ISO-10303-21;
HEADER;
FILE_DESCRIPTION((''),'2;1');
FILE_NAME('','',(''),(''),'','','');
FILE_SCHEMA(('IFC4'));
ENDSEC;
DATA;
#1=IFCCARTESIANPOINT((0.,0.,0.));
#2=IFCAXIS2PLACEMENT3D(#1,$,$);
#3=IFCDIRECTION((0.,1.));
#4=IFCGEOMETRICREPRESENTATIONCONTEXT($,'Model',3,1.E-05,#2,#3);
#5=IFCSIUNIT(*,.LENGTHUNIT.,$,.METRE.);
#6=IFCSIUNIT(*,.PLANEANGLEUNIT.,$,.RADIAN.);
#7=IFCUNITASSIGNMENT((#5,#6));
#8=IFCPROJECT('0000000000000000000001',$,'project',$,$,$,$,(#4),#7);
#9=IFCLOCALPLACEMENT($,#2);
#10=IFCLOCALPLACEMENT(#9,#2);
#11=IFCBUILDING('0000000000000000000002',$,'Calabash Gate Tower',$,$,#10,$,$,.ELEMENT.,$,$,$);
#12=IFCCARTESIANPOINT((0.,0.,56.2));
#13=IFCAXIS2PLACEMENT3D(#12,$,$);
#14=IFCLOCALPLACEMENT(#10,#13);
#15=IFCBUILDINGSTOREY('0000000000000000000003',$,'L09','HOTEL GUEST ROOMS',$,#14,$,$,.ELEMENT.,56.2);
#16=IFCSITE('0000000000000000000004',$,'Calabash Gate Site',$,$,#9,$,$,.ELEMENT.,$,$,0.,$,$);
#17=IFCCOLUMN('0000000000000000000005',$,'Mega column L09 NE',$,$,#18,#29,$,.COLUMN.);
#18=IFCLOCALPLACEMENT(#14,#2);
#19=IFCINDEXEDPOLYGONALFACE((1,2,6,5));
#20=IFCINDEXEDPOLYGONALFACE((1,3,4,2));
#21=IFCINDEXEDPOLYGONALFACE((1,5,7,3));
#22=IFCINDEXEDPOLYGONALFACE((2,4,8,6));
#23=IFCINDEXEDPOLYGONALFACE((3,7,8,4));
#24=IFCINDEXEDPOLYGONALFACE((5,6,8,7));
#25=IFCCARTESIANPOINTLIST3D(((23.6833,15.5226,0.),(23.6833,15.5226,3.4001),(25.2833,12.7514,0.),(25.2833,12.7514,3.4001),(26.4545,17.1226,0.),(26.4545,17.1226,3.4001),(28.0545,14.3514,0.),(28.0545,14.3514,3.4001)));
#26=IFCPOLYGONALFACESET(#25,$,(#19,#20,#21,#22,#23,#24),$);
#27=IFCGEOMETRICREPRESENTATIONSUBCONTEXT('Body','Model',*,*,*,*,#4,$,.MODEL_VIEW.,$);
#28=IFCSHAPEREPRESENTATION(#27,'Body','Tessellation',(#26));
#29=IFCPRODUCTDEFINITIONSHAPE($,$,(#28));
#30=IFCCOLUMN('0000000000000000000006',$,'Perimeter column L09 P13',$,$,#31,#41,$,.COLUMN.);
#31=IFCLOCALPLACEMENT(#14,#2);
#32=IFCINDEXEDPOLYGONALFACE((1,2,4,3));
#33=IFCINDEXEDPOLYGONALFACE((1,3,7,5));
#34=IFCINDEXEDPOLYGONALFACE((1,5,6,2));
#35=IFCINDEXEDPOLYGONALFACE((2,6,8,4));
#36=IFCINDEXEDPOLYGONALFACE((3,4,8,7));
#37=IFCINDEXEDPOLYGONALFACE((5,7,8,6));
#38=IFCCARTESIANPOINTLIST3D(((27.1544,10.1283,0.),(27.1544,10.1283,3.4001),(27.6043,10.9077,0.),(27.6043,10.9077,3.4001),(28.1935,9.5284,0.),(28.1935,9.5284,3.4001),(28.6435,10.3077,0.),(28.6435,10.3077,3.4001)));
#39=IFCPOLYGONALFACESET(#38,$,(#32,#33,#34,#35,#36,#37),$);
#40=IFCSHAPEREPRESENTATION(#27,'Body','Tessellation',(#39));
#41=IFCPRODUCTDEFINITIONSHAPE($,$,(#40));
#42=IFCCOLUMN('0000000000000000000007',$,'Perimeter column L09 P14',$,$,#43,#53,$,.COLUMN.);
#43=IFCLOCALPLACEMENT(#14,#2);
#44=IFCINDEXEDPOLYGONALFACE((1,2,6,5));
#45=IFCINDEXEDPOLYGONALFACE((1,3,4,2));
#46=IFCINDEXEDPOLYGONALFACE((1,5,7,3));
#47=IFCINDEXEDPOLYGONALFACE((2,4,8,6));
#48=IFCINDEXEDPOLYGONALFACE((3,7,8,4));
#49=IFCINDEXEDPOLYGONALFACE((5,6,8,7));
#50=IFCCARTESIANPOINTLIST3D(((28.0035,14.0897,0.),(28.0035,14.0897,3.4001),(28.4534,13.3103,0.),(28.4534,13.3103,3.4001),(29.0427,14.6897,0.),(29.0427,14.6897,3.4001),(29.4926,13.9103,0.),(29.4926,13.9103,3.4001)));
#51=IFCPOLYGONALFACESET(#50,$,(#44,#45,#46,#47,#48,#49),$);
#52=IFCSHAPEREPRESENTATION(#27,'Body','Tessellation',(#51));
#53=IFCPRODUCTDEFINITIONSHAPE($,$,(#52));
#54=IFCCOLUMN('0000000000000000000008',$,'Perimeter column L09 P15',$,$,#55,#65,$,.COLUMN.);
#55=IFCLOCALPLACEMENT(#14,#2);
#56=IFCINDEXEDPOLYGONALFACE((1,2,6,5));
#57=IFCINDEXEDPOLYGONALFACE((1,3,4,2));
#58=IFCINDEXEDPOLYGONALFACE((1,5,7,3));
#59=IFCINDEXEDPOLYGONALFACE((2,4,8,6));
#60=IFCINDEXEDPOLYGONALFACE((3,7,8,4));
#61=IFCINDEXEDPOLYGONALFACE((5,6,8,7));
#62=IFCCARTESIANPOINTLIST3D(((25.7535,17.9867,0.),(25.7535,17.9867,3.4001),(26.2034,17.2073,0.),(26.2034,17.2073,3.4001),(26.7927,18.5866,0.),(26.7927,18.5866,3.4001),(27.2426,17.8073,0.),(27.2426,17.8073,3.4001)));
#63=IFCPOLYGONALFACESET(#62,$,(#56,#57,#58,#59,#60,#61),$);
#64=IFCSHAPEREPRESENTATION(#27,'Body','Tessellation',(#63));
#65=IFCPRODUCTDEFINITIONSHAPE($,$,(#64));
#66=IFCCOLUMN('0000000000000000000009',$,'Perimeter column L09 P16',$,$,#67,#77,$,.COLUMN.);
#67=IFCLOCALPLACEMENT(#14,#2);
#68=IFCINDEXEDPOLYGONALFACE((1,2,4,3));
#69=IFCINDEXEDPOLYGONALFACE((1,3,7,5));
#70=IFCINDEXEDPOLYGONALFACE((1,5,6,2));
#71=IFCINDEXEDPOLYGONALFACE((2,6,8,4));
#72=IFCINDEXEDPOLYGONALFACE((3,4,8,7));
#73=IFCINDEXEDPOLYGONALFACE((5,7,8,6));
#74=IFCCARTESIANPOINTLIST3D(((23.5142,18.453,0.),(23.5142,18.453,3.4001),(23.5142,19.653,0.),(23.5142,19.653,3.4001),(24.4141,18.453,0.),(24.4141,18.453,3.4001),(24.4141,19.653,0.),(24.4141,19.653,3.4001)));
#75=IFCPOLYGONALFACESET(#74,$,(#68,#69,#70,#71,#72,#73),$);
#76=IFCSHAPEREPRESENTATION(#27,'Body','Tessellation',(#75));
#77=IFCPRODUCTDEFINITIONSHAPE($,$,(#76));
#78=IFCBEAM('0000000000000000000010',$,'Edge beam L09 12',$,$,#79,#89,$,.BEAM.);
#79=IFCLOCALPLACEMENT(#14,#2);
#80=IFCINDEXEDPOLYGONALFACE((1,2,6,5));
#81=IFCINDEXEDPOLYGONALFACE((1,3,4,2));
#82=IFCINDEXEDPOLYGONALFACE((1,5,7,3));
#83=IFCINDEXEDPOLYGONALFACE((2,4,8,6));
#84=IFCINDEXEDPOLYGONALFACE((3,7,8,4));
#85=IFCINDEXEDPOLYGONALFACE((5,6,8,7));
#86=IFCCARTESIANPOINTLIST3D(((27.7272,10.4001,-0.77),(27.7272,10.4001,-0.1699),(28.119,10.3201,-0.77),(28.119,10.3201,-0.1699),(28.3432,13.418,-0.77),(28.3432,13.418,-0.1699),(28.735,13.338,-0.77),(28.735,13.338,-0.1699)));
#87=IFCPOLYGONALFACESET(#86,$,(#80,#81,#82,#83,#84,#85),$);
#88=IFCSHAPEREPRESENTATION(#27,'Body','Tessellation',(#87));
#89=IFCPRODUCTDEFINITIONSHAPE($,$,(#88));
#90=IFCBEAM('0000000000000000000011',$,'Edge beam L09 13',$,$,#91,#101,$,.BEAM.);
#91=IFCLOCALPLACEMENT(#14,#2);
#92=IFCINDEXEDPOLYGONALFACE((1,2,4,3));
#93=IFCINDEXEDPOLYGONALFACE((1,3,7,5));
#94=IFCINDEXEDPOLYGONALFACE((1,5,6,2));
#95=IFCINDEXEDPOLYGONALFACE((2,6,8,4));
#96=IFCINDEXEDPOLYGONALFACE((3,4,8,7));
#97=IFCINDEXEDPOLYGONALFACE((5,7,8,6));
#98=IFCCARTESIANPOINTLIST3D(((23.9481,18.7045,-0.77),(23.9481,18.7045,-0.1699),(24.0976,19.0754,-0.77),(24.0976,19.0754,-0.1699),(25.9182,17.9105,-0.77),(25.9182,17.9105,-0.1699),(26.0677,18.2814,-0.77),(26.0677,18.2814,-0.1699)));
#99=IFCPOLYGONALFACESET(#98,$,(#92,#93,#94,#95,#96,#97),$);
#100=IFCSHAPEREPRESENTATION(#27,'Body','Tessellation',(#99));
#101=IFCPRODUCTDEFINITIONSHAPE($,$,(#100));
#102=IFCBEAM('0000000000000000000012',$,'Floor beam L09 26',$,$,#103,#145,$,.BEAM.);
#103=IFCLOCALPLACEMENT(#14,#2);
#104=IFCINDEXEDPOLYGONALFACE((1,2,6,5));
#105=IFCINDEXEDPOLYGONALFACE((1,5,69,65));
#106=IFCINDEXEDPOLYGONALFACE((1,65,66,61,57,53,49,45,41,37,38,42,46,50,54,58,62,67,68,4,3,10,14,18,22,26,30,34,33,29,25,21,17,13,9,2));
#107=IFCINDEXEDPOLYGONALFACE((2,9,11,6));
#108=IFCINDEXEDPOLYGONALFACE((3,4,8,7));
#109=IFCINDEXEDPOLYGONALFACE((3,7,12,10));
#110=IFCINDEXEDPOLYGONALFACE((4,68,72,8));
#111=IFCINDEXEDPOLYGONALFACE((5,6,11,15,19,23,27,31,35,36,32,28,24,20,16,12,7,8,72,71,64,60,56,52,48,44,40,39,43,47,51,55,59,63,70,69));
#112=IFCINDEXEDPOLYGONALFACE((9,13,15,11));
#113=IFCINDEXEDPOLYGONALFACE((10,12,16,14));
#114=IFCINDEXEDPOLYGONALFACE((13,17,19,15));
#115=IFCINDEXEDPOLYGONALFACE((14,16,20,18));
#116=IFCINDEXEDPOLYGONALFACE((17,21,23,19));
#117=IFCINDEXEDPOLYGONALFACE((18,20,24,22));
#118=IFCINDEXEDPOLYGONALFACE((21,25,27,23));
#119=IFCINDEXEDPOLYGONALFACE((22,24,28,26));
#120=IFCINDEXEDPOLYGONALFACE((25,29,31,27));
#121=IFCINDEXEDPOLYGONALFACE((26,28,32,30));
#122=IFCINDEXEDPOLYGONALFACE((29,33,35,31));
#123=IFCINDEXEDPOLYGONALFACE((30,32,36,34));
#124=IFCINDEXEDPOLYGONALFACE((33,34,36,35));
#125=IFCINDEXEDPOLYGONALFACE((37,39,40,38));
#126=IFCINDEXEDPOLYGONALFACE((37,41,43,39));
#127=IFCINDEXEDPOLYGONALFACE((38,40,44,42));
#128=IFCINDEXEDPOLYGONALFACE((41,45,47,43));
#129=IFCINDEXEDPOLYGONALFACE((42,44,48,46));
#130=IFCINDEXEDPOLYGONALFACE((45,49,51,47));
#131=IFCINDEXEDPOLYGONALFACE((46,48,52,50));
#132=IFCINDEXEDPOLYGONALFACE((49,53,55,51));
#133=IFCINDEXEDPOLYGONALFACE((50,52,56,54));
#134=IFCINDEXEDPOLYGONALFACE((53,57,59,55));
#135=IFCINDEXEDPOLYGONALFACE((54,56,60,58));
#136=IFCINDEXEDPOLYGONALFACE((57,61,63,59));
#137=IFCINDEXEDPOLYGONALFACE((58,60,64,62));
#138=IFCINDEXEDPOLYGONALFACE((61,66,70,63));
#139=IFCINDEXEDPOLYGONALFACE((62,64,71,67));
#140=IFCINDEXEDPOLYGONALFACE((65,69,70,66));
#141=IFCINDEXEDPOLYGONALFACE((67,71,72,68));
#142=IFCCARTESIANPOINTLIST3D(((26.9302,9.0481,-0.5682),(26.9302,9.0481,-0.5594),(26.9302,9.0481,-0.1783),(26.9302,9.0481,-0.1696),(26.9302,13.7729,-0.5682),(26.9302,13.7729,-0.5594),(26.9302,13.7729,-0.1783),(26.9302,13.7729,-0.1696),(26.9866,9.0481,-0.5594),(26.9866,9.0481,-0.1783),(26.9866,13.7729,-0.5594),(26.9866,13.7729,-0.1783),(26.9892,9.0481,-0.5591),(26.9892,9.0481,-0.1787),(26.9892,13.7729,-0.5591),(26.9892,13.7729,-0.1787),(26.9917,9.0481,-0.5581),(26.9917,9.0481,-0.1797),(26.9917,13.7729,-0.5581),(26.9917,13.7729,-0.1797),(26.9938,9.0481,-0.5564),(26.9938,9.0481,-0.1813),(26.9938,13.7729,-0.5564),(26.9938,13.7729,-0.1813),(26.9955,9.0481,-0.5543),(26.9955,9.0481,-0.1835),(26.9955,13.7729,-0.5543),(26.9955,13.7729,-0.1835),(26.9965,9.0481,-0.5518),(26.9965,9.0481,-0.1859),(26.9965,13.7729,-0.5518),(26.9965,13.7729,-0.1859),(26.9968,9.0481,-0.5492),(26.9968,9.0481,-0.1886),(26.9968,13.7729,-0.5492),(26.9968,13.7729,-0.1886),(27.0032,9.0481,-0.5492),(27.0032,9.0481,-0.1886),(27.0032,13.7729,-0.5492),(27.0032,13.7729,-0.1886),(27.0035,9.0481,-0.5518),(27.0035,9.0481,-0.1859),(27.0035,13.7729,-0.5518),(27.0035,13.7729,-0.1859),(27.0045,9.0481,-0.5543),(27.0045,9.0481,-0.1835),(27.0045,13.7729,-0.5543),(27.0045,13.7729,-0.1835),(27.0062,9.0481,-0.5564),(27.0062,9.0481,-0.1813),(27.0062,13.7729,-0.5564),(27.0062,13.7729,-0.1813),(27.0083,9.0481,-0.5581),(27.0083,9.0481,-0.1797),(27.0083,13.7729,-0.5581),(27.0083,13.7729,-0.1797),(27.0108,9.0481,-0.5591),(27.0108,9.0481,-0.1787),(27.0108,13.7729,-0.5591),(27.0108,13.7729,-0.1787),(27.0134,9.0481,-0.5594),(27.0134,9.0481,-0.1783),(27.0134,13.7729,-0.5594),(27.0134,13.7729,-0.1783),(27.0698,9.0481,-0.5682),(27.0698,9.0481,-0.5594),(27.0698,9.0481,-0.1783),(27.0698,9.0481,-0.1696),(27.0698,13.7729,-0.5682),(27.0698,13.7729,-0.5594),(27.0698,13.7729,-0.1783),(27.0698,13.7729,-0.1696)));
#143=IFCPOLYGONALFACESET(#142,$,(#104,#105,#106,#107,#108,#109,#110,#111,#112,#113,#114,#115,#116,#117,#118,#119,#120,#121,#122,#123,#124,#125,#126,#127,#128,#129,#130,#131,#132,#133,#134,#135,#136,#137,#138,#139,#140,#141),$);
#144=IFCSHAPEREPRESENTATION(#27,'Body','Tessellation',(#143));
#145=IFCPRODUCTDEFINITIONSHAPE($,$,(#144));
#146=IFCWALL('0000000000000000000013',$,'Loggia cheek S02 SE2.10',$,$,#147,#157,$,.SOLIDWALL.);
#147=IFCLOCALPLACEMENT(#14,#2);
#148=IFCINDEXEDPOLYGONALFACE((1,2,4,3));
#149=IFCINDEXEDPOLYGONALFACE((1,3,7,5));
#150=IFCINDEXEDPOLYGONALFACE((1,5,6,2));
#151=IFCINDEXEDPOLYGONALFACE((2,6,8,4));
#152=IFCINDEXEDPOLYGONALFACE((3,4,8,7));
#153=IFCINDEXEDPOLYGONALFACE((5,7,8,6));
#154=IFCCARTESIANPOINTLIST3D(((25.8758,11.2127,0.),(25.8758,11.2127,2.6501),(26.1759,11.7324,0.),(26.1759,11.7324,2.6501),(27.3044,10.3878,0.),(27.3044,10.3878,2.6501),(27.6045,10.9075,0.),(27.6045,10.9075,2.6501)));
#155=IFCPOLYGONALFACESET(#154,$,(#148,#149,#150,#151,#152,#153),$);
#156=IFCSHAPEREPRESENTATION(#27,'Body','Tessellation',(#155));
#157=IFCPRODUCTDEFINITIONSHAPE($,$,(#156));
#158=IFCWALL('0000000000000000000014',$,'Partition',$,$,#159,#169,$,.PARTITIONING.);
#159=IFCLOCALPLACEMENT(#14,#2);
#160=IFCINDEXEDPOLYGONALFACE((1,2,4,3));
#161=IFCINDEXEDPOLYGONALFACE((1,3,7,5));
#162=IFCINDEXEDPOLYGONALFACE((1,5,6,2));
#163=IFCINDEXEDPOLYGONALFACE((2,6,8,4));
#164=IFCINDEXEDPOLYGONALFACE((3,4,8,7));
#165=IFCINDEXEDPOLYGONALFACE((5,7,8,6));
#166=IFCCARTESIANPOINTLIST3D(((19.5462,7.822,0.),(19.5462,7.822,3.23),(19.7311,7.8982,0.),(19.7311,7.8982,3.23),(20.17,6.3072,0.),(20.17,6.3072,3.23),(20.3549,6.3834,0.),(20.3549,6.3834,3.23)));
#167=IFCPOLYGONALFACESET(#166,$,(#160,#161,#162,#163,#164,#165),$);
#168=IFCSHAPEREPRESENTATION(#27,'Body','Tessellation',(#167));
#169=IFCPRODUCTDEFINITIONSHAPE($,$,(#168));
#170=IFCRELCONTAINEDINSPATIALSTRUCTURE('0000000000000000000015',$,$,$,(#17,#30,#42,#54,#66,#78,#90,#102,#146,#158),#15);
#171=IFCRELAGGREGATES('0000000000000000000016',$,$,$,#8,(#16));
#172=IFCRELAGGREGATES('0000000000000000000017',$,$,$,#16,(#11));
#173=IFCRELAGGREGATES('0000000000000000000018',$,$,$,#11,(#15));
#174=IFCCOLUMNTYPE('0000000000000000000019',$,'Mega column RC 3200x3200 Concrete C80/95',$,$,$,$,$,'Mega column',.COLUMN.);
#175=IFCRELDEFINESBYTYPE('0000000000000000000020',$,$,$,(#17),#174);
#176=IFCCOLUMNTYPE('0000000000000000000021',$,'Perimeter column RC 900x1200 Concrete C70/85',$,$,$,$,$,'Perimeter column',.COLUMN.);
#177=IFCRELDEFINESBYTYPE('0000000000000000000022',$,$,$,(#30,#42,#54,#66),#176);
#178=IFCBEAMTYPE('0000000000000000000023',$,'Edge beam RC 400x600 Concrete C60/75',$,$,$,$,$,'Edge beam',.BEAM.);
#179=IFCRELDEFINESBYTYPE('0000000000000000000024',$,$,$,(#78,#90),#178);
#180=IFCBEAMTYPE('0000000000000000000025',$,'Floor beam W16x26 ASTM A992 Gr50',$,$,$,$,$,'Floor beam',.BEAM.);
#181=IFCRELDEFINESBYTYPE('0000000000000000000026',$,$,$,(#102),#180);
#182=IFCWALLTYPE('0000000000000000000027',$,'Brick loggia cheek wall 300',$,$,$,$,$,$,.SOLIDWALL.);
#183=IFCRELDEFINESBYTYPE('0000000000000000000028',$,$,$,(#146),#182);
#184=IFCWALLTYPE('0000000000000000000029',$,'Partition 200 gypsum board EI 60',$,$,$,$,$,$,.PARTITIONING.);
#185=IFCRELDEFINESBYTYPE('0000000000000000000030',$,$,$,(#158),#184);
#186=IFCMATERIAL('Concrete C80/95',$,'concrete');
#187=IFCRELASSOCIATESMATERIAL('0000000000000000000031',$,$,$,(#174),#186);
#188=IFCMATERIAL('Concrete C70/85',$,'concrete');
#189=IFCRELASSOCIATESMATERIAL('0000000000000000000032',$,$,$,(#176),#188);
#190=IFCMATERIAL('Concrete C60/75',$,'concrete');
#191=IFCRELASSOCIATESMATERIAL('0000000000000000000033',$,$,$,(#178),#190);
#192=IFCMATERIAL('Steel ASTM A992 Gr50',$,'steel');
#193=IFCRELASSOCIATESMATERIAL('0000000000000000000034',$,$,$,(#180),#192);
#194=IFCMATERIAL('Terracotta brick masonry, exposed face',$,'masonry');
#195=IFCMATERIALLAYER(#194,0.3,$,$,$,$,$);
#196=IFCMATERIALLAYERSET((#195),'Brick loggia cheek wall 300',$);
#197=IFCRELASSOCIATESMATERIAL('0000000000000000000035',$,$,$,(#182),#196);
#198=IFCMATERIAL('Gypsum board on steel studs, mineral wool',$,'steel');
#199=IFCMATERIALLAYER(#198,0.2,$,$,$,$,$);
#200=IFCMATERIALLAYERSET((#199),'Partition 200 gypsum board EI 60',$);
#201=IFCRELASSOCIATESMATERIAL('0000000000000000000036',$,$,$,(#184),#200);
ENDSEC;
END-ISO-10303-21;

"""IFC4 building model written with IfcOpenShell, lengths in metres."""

from ifc_helpers import new_model, si_unit, direction, frame, frame_2d, origin, origin_2d, place, context, subcontext, project, spatial, rectangle, i_section, extrude, material, layer, layer_set, material_profile, profile_set, type_object, element, save


model = new_model("IFC4")

# Units and contexts
model_context = context("Model", 3, precision=1e-05, world=origin(), true_north=direction((0.0, 1.0)))
body_context = subcontext(model_context, "Body", "Model", "MODEL_VIEW")
ifc_project = project(units=[si_unit("LENGTHUNIT", "METRE"), si_unit("PLANEANGLEUNIT", "RADIAN")], contexts=[model_context])

# Site, building, storey
site_placement = place(None, origin())
site = spatial("IfcSite", under=ifc_project, at=site_placement, Name="Calabash Gate Site", CompositionType="ELEMENT", RefElevation=0.0)
building_placement = place(site_placement, origin())
building = spatial("IfcBuilding", under=site, at=building_placement, Name="Calabash Gate Tower", CompositionType="ELEMENT")
storey_placement = place(building_placement, frame((0.0, 0.0, 56.2)))
storey = spatial("IfcBuildingStorey", under=building, at=storey_placement, Name="L09", Description="HOTEL GUEST ROOMS", CompositionType="ELEMENT", Elevation=56.2)

# Columns
ifc_material_1 = material(Name="Concrete C80/95", Category="concrete")
ifc_material_profile_1 = material_profile(ifc_material_1, rectangle(XDim=3.2, YDim=3.2, at=origin_2d()))
ifc_profile_set_1 = profile_set([ifc_material_profile_1], Name="Concrete C80/95")
column_type_1 = type_object("IfcColumnType", Name="Mega column RC 3200x3200 Concrete C80/95", ElementType="Mega column", PredefinedType="COLUMN", material=ifc_profile_set_1)
column_placement = place(storey_placement, frame((25.8689, 14.937, 0.0), z_axis=(0.0, 0.0, 1.0), x_axis=(-0.866025, -0.5, 0.0)))
element("IfcColumn", 1, at=column_placement, inside=storey, type_object=column_type_1, Name="Mega column L09 NE", PredefinedType="COLUMN", context=body_context, shape_type="SweptSolid", body=[
    extrude(rectangle(XDim=3.2, YDim=3.2, at=origin_2d()), origin(), (0.0, 0.0, 1.0), 3.4001),
])
ifc_material_2 = material(Name="Concrete C70/85", Category="concrete")
ifc_material_profile_2 = material_profile(ifc_material_2, rectangle(XDim=0.8999, YDim=1.2, at=origin_2d()))
ifc_profile_set_2 = profile_set([ifc_material_profile_2], Name="Concrete C70/85")
column_type_2 = type_object("IfcColumnType", Name="Perimeter column RC 900x1200 Concrete C70/85", ElementType="Perimeter column", PredefinedType="COLUMN", material=ifc_profile_set_2)
for number, where, z_axis, x_axis, name in (
    (2, (27.8989, 10.218, 0.0), (0.0, 0.0, 1.0), (0.5, 0.866025, 0.0), "Perimeter column L09 P13"),
    (3, (28.748, 14.0, 0.0), (0.0, 0.0, 1.0), (-0.5, 0.866025, 0.0), "Perimeter column L09 P14"),
    (4, (26.498, 17.897, 0.0), (0.0, 0.0, 1.0), (-0.5, 0.866025, 0.0), "Perimeter column L09 P15"),
    (5, (23.9641, 19.053, 0.0), (0.0, 0.0, 1.0), (-1.0, 0.0, 0.0), "Perimeter column L09 P16"),
):
    element("IfcColumn", number, at=place(storey_placement, frame(where, z_axis=z_axis, x_axis=x_axis)), inside=storey, type_object=column_type_2, Name=name, PredefinedType="COLUMN", context=body_context, shape_type="SweptSolid", body=[
        extrude(rectangle(XDim=0.8999, YDim=1.2, at=origin_2d()), origin(), (0.0, 0.0, 1.0), 3.4001),
    ])

# Beams
ifc_material_3 = material(Name="Concrete C60/75", Category="concrete")
ifc_material_profile_3 = material_profile(ifc_material_3, rectangle(XDim=0.3999, YDim=0.6001, at=origin_2d()))
ifc_profile_set_3 = profile_set([ifc_material_profile_3], Name="Concrete C60/75")
beam_type_1 = type_object("IfcBeamType", Name="Edge beam RC 400x600 Concrete C60/75", ElementType="Edge beam", PredefinedType="BEAM", material=ifc_profile_set_3)
beam_1_placement = place(storey_placement, frame((27.9231, 10.3601, -0.47), z_axis=(0.199986, 0.979799, 0.0), x_axis=(-0.979799, 0.199986, 0.0)))
element("IfcBeam", 6, at=beam_1_placement, inside=storey, type_object=beam_type_1, Name="Edge beam L09 12", PredefinedType="BEAM", context=body_context, shape_type="SweptSolid", body=[
    extrude(rectangle(XDim=0.3999, YDim=0.6001, at=origin_2d()), origin(), (0.0, 0.0, 1.0), 3.0801),
])
beam_2_placement = place(storey_placement, frame((25.9929, 18.0959, -0.47), z_axis=(-0.927506, 0.373807, 0.0), x_axis=(-0.373807, -0.927506, 0.0)))
element("IfcBeam", 7, at=beam_2_placement, inside=storey, type_object=beam_type_1, Name="Edge beam L09 13", PredefinedType="BEAM", context=body_context, shape_type="SweptSolid", body=[
    extrude(rectangle(XDim=0.3999, YDim=0.6001, at=origin_2d()), origin(), (0.0, 0.0, 1.0), 2.124),
])
ifc_material_4 = material(Name="Steel ASTM A992 Gr50", Category="steel")
ifc_material_profile_4 = material_profile(ifc_material_4, i_section(OverallWidth=0.1396, OverallDepth=0.3987, WebThickness=0.0063, FlangeThickness=0.0088, FilletRadius=0.0103, at=origin_2d()))
ifc_profile_set_4 = profile_set([ifc_material_profile_4], Name="Steel ASTM A992 Gr50")
beam_type_2 = type_object("IfcBeamType", Name="Floor beam W16x26 ASTM A992 Gr50", ElementType="Floor beam", PredefinedType="BEAM", material=ifc_profile_set_4)
beam_3_placement = place(storey_placement, frame((27.0, 9.0481, -0.3689), z_axis=(0.0, 1.0, 0.0), x_axis=(-1.0, 0.0, 0.0)))
element("IfcBeam", 8, at=beam_3_placement, inside=storey, type_object=beam_type_2, Name="Floor beam L09 26", PredefinedType="BEAM", context=body_context, shape_type="SweptSolid", body=[
    extrude(i_section(OverallWidth=0.1396, OverallDepth=0.3987, WebThickness=0.0063, FlangeThickness=0.0088, FilletRadius=0.0103, at=origin_2d()), origin(), (0.0, 0.0, 1.0), 4.7249),
])

# Walls
ifc_material_5 = material(Name="Terracotta brick masonry, exposed face", Category="masonry")
ifc_layer_1 = layer(ifc_material_5, 0.3)
ifc_layer_set_1 = layer_set([ifc_layer_1], Name="Brick loggia cheek wall 300")
wall_type_1 = type_object("IfcWallType", Name="Brick loggia cheek wall 300", PredefinedType="SOLIDWALL", material=ifc_layer_set_1)
wall_1_placement = place(storey_placement, frame((27.4543, 10.6477, 0.0), z_axis=(0.0, 0.0, 1.0), x_axis=(-0.866003, 0.500038, 0.0)))
element("IfcWall", 9, at=wall_1_placement, inside=storey, type_object=wall_type_1, Name="Loggia cheek S02 SE2.10", PredefinedType="SOLIDWALL", context=body_context, shape_type="SweptSolid", body=[
    extrude(rectangle(XDim=1.6497, YDim=0.6001, at=frame_2d((0.8247, 0.0))), origin(), (0.0, 0.0, 1.0), 2.6501),
])
ifc_material_6 = material(Name="Gypsum board on steel studs, mineral wool", Category="steel")
ifc_layer_2 = layer(ifc_material_6, 0.2)
ifc_layer_set_2 = layer_set([ifc_layer_2], Name="Partition 200 gypsum board EI 60")
wall_type_2 = type_object("IfcWallType", Name="Partition 200 gypsum board EI 60", PredefinedType="PARTITIONING", material=ifc_layer_set_2)
wall_2_placement = place(storey_placement, frame((19.6387, 7.8601, 0.0), z_axis=(0.0, 0.0, 1.0), x_axis=(0.38075, -0.924678, 0.0)))
element("IfcWall", 10, at=wall_2_placement, inside=storey, type_object=wall_type_2, Name="Partition", PredefinedType="PARTITIONING", context=body_context, shape_type="SweptSolid", body=[
    extrude(rectangle(XDim=1.6382, YDim=0.2, at=frame_2d((0.8191, 0.0))), origin(), (0.0, 0.0, 1.0), 3.23),
])

save(model, "model.ifc")
